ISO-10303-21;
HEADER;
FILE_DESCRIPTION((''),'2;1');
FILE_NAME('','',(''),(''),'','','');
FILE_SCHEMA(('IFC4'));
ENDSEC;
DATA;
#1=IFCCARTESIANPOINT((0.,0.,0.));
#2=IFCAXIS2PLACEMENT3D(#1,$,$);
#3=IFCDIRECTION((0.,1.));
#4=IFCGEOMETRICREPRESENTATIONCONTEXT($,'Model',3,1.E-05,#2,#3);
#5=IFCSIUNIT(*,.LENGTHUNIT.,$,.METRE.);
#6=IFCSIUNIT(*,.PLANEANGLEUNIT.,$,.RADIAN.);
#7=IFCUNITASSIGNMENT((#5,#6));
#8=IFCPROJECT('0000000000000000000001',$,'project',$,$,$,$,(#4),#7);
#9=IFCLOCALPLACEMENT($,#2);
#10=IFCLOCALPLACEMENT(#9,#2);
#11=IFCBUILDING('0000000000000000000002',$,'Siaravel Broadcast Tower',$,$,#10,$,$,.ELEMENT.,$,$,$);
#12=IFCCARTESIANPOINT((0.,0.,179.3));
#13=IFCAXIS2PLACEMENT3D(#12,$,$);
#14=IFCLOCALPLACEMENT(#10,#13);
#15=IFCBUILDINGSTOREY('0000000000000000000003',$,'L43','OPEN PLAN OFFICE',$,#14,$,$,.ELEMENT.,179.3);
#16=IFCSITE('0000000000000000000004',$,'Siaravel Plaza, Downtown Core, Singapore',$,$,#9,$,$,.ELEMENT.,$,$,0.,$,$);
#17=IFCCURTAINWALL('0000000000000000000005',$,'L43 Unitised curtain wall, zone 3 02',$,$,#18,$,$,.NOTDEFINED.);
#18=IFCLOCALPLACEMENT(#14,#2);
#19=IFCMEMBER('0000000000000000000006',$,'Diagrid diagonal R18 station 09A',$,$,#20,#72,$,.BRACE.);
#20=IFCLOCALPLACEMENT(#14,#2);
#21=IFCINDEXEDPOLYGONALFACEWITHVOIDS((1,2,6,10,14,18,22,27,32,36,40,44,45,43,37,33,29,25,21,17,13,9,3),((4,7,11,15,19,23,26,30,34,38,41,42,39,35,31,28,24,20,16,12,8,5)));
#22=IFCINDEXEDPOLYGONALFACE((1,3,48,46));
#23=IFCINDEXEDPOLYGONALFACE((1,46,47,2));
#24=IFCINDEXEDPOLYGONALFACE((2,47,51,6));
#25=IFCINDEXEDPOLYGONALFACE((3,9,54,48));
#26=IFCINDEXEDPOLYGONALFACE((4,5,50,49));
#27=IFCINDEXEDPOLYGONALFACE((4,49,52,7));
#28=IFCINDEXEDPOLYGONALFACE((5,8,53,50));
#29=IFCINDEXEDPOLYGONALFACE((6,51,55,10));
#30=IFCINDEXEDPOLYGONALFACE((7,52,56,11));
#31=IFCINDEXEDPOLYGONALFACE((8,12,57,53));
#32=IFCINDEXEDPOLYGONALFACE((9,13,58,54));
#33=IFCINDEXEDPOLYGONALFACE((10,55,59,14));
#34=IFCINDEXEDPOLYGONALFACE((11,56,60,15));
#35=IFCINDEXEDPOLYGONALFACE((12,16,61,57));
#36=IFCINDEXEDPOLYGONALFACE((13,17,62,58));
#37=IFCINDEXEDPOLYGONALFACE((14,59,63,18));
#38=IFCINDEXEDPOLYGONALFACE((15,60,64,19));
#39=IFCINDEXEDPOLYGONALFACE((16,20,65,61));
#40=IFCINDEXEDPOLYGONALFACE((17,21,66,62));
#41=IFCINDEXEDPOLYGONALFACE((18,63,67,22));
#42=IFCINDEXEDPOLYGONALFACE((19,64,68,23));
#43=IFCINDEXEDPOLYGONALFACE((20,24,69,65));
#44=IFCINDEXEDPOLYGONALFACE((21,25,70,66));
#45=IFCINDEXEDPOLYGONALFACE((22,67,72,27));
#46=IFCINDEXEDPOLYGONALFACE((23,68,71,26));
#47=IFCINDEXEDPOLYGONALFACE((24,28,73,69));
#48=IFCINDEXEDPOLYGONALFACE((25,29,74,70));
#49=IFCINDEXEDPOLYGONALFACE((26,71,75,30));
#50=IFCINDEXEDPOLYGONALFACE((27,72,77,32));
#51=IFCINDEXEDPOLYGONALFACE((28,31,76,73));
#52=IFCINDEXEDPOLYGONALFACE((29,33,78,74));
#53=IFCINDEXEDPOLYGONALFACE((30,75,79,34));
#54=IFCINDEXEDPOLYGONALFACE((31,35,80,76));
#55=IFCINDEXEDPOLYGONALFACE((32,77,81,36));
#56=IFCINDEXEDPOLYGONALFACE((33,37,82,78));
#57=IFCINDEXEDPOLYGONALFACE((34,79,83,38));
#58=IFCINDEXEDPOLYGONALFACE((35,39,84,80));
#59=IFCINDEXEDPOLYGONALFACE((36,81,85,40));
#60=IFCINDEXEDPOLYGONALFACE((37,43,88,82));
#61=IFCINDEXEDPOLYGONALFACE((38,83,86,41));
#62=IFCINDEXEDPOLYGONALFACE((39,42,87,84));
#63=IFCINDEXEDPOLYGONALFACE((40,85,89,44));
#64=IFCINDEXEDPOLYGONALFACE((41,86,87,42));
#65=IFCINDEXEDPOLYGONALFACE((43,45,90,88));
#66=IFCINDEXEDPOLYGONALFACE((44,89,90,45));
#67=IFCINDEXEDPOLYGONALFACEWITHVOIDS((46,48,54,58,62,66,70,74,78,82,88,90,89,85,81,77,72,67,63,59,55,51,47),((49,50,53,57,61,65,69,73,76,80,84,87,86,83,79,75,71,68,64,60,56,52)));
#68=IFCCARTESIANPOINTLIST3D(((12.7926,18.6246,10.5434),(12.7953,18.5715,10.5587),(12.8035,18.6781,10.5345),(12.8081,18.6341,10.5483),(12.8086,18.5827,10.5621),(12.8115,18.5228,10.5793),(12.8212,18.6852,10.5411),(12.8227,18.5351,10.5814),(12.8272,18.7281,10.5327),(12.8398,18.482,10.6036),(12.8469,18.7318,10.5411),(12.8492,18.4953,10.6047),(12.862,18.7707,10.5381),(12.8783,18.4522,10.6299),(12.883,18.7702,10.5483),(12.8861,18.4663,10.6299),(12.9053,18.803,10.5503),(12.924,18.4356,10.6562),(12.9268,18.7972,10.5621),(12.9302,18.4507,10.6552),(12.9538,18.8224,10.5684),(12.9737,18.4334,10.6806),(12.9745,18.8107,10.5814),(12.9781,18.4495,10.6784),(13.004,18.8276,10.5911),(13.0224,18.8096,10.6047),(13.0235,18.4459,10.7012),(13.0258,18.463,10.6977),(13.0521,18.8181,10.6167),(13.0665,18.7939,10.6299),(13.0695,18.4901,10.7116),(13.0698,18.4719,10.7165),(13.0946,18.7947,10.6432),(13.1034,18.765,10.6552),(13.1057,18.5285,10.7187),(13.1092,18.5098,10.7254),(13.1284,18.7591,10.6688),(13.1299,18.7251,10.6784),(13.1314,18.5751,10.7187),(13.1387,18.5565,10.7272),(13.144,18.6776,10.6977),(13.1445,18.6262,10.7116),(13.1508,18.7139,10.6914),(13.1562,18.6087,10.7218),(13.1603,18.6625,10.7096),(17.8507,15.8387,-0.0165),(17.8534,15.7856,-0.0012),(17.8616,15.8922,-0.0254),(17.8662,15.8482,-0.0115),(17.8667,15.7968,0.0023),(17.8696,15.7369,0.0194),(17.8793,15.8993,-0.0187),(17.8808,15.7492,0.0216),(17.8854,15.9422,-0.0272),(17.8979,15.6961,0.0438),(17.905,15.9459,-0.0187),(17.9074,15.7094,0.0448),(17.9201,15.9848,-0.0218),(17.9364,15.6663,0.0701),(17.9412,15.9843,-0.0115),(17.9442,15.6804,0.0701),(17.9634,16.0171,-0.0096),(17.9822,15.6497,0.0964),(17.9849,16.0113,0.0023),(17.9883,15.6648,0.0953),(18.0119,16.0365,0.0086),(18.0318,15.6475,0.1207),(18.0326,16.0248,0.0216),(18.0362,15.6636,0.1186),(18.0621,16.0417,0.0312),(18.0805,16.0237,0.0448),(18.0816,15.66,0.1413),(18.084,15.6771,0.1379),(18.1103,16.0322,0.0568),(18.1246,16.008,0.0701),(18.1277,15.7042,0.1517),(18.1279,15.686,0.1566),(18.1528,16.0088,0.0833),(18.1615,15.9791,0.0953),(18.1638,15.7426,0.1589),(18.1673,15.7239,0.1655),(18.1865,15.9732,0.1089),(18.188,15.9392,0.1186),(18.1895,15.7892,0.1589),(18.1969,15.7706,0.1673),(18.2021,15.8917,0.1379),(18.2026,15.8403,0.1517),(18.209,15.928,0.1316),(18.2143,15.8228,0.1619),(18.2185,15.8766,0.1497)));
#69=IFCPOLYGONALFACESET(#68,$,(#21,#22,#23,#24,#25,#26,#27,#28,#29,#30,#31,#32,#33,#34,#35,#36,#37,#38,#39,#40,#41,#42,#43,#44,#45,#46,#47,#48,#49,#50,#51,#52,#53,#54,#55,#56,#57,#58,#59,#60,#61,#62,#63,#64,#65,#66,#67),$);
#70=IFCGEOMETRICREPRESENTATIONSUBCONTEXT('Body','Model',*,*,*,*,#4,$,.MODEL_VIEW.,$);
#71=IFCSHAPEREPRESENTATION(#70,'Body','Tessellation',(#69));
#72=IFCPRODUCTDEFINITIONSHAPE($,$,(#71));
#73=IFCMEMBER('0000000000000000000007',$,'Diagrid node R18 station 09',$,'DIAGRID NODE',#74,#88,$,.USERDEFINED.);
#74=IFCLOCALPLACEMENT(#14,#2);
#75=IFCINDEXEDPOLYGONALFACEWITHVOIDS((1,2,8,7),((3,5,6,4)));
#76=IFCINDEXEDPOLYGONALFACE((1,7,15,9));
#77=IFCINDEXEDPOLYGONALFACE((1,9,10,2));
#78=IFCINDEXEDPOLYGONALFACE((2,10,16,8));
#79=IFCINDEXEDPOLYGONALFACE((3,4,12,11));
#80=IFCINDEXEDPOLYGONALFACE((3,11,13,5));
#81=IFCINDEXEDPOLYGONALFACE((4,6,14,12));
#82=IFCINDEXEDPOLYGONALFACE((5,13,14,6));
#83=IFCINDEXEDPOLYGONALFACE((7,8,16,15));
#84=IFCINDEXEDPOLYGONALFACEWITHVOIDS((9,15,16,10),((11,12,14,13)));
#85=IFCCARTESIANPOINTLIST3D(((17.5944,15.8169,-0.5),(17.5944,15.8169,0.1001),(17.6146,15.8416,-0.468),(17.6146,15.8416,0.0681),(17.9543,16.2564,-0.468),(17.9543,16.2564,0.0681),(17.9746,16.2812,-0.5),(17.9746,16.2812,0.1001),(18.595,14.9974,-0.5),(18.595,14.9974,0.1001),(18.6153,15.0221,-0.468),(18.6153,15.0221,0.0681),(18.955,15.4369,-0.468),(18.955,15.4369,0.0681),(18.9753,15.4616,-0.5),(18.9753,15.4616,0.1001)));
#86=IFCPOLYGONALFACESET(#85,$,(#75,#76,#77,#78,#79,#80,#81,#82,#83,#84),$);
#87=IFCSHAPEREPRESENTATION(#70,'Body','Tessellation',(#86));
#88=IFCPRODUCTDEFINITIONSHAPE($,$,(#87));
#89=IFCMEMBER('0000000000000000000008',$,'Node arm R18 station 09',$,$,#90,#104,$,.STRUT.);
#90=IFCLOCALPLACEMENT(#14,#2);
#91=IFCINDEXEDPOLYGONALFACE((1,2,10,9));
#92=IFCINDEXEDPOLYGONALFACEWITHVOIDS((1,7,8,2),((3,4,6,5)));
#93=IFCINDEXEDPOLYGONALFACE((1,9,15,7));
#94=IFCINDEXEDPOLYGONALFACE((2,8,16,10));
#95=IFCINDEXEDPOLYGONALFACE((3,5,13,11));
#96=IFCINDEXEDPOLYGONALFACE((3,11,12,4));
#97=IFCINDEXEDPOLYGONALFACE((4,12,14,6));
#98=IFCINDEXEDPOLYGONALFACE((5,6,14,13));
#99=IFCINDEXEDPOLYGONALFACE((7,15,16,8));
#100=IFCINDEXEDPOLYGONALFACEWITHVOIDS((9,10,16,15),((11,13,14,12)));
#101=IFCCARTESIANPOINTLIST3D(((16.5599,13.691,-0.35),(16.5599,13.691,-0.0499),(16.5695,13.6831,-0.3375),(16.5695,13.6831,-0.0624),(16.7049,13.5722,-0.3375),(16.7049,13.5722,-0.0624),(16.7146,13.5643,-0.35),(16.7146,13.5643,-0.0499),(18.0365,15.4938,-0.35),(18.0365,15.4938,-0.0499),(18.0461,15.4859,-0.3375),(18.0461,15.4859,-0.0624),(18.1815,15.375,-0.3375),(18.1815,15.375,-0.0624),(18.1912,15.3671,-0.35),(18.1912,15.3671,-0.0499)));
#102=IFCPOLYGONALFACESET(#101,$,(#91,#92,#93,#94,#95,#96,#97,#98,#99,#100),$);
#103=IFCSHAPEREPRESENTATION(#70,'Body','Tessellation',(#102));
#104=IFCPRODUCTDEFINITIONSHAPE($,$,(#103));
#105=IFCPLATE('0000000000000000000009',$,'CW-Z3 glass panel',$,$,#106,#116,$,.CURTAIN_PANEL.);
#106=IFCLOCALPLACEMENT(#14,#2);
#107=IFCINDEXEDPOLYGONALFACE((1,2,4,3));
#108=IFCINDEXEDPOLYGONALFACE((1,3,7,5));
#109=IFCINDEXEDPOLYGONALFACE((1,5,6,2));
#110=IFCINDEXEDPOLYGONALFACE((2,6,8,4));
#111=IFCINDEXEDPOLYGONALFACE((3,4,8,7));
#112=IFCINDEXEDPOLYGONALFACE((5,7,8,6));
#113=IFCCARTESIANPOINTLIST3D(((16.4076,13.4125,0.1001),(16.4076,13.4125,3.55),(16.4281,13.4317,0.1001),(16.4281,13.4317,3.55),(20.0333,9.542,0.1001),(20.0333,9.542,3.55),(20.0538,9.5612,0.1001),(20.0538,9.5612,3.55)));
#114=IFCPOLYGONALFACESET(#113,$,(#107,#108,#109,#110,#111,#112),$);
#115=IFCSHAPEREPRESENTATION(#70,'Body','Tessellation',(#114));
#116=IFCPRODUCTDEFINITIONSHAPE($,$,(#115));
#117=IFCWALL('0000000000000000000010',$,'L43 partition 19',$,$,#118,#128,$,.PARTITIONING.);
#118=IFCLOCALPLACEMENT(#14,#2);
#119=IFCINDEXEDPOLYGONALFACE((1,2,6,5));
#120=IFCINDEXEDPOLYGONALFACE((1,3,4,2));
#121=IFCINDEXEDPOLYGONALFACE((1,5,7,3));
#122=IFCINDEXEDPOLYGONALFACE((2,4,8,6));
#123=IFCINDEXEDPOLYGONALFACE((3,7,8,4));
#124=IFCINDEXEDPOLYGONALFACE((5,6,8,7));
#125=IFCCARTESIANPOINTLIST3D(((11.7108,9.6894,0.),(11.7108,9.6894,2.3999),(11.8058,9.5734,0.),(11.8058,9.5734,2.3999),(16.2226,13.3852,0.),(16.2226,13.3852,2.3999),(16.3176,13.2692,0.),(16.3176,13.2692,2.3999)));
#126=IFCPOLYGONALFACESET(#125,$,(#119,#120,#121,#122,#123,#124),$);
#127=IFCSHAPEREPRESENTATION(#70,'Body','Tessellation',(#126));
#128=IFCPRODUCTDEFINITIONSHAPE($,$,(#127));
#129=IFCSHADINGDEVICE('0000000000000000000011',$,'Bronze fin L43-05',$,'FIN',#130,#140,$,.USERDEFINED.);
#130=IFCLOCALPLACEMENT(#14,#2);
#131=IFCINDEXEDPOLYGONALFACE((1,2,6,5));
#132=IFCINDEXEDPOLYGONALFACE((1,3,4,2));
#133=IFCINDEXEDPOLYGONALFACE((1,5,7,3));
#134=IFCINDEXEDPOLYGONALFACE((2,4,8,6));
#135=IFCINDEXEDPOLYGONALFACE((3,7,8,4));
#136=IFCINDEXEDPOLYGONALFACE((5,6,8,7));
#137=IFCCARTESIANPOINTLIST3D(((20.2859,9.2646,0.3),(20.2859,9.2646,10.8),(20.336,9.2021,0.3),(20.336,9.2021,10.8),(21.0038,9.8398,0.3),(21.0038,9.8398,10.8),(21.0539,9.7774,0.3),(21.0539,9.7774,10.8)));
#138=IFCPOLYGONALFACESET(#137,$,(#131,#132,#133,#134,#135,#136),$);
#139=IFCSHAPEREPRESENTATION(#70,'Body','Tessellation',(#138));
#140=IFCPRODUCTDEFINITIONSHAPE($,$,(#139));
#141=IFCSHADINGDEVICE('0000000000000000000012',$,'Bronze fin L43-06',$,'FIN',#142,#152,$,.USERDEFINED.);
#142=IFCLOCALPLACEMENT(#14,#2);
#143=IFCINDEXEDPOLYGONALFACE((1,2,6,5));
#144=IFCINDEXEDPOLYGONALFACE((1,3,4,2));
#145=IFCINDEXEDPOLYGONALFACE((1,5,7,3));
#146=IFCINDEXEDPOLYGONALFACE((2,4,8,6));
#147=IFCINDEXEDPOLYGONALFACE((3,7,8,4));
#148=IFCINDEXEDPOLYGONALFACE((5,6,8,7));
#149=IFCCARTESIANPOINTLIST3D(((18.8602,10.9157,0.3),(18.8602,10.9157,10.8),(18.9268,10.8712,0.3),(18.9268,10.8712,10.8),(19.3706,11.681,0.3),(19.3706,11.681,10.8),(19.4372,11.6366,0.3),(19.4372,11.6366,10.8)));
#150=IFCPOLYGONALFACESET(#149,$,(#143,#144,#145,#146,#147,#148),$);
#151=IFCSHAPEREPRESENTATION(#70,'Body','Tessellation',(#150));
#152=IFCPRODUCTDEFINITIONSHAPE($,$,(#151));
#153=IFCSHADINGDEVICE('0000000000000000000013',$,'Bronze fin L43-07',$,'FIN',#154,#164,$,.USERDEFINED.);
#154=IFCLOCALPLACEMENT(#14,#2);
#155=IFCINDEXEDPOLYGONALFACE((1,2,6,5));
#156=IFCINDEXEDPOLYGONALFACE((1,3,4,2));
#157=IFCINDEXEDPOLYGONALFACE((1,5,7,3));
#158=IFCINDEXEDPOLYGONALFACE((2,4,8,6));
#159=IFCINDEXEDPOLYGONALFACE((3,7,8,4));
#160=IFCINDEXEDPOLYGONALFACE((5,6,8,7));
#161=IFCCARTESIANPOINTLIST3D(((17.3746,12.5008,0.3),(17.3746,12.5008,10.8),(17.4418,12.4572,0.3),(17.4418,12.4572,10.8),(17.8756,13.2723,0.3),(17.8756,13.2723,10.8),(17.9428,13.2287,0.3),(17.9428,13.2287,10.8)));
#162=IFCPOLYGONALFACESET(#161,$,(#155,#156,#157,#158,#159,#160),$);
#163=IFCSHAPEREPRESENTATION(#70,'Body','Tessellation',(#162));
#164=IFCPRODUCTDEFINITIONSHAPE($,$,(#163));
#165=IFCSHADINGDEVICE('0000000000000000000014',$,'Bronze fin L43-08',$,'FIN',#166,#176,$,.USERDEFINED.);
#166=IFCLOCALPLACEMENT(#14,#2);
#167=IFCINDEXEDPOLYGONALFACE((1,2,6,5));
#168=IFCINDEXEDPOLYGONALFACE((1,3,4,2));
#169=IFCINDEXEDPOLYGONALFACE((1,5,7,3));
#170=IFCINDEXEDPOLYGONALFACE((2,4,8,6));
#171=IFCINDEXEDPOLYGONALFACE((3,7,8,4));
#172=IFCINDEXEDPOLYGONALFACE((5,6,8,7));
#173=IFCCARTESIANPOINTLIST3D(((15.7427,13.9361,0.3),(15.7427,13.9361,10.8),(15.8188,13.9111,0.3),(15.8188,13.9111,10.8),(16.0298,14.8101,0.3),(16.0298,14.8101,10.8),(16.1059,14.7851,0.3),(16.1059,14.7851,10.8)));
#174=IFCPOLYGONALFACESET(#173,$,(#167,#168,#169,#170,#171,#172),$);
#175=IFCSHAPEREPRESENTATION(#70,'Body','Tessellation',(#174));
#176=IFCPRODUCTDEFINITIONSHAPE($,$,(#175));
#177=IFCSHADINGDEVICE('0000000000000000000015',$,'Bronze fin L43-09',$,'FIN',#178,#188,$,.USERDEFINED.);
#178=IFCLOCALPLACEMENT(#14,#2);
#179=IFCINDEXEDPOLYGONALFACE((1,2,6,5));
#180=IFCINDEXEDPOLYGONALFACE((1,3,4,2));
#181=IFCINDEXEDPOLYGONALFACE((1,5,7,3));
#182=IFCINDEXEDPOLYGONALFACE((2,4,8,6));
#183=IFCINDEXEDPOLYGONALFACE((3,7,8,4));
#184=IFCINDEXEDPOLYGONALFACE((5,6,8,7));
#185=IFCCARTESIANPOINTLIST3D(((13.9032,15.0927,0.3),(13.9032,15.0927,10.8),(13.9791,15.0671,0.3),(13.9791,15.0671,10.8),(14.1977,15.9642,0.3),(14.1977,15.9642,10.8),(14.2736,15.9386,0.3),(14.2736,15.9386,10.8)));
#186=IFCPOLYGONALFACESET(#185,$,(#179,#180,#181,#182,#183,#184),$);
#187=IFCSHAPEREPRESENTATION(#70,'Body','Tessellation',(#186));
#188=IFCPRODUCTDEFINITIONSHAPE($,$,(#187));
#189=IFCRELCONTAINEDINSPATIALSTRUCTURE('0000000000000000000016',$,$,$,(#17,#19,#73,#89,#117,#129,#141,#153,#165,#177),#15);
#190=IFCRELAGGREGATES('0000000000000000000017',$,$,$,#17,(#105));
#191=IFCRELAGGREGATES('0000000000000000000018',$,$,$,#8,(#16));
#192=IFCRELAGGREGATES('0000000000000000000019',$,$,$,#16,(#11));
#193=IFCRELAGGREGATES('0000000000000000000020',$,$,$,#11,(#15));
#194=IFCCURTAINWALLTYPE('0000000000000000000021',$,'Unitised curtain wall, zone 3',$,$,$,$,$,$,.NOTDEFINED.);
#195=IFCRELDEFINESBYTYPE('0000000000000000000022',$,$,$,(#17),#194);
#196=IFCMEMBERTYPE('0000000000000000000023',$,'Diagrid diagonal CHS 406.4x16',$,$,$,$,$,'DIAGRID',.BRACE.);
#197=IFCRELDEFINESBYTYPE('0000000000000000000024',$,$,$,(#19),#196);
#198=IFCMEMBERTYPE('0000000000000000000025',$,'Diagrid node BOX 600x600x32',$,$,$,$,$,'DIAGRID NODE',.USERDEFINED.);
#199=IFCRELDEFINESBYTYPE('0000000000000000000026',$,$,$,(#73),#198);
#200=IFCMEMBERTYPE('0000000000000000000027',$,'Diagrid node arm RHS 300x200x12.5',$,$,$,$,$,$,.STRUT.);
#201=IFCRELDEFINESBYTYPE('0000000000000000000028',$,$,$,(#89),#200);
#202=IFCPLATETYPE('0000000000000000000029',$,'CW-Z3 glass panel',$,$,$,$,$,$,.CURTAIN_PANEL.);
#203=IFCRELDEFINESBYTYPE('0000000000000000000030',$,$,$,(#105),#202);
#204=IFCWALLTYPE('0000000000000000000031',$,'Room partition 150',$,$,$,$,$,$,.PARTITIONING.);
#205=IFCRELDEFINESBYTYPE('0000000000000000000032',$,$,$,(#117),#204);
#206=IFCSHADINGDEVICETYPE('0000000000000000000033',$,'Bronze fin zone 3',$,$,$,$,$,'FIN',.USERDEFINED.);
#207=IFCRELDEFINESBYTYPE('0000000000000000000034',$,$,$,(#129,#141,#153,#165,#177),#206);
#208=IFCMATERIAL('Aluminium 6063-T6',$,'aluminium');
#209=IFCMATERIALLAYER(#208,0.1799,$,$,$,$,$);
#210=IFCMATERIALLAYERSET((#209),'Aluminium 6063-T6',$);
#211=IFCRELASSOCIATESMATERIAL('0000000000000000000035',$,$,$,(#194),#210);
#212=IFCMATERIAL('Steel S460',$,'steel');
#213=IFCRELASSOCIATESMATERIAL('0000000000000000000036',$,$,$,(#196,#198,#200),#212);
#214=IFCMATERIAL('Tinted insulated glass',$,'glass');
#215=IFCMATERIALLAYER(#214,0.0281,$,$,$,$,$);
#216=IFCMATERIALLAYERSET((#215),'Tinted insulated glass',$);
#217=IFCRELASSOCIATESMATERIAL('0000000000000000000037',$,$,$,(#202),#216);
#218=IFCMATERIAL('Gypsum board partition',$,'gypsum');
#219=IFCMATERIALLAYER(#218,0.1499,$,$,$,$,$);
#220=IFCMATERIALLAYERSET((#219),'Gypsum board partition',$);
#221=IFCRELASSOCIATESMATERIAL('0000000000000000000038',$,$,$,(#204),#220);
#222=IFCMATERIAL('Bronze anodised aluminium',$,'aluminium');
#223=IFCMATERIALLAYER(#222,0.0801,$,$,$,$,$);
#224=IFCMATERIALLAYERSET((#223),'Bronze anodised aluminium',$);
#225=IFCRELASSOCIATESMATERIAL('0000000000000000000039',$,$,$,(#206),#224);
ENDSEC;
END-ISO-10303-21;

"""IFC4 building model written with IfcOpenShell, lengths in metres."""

from ifc_helpers import new_model, si_unit, direction, frame, frame_2d, origin, origin_2d, place, context, subcontext, project, spatial, rectangle, hollow_rectangle, hollow_circle, extrude, material, layer, layer_set, material_profile, profile_set, type_object, element, aggregate, save


model = new_model("IFC4")

# Units and contexts
model_context = context("Model", 3, precision=1e-05, world=origin(), true_north=direction((0.0, 1.0)))
body_context = subcontext(model_context, "Body", "Model", "MODEL_VIEW")
ifc_project = project(units=[si_unit("LENGTHUNIT", "METRE"), si_unit("PLANEANGLEUNIT", "RADIAN")], contexts=[model_context])

# Site, building, storey
site_placement = place(None, origin())
site = spatial("IfcSite", under=ifc_project, at=site_placement, Name="Siaravel Plaza, Downtown Core, Singapore", CompositionType="ELEMENT", RefElevation=0.0)
building_placement = place(site_placement, origin())
building = spatial("IfcBuilding", under=site, at=building_placement, Name="Siaravel Broadcast Tower", CompositionType="ELEMENT")
storey_placement = place(building_placement, frame((0.0, 0.0, 179.3)))
storey = spatial("IfcBuildingStorey", under=building, at=storey_placement, Name="L43", Description="OPEN PLAN OFFICE", CompositionType="ELEMENT", Elevation=179.3)

# Shared definitions
ifc_material_1 = material(Name="Aluminium 6063-T6", Category="aluminium")
ifc_layer_1 = layer(ifc_material_1, 0.1799)
ifc_layer_set_1 = layer_set([ifc_layer_1], Name="Aluminium 6063-T6")
curtain_wall_type = type_object("IfcCurtainWallType", Name="Unitised curtain wall, zone 3", PredefinedType="NOTDEFINED", material=ifc_layer_set_1)

# Curtain wall
curtain_wall_1_placement = place(storey_placement, origin())
curtain_wall_1 = element("IfcCurtainWall", 1, at=curtain_wall_1_placement, inside=storey, type_object=curtain_wall_type, Name="L43 Unitised curtain wall, zone 3 02", PredefinedType="NOTDEFINED")

# Members
ifc_material_2 = material(Name="Steel S460", Category="steel")
ifc_material_profile_1 = material_profile(ifc_material_2, hollow_circle(Radius=0.2031, WallThickness=0.0161, at=origin_2d()))
ifc_profile_set_1 = profile_set([ifc_material_profile_1], Name="Steel S460")
member_type_1 = type_object("IfcMemberType", Name="Diagrid diagonal CHS 406.4x16", ElementType="DIAGRID", PredefinedType="BRACE", material=ifc_profile_set_1)
member_1_placement = place(storey_placement, frame((18.0344, 15.8442, 0.0701), z_axis=(-0.420263, 0.231471, 0.877383), x_axis=(-0.482441, -0.875928, 0.0)))
element("IfcMember", 2, at=member_1_placement, inside=storey, type_object=member_type_1, Name="Diagrid diagonal R18 station 09A", PredefinedType="BRACE", context=body_context, shape_type="SweptSolid", body=[
    extrude(hollow_circle(Radius=0.2031, WallThickness=0.0161, at=origin_2d()), origin(), (0.0, 0.0, 1.0), 12.0356),
])
ifc_material_profile_2 = material_profile(ifc_material_2, hollow_rectangle(XDim=0.6001, YDim=0.6001, WallThickness=0.032, at=origin_2d()))
ifc_profile_set_2 = profile_set([ifc_material_profile_2], Name="Steel S460")
member_type_2 = type_object("IfcMemberType", Name="Diagrid node BOX 600x600x32", ElementType="DIAGRID NODE", PredefinedType="USERDEFINED", material=ifc_profile_set_2)
member_2_placement = place(storey_placement, frame((18.7852, 15.2295, -0.2), z_axis=(-0.773654, 0.633608, 0.0), x_axis=(-0.633608, -0.773654, 0.0)))
element("IfcMember", 3, at=member_2_placement, inside=storey, type_object=member_type_2, Name="Diagrid node R18 station 09", ObjectType="DIAGRID NODE", PredefinedType="USERDEFINED", context=body_context, shape_type="SweptSolid", body=[
    extrude(hollow_rectangle(XDim=0.6001, YDim=0.6001, WallThickness=0.032, at=origin_2d()), origin(), (0.0, 0.0, 1.0), 1.2935),
])
ifc_material_profile_3 = material_profile(ifc_material_2, hollow_rectangle(XDim=0.2, YDim=0.3, WallThickness=0.0125, at=origin_2d()))
ifc_profile_set_3 = profile_set([ifc_material_profile_3], Name="Steel S460")
member_type_3 = type_object("IfcMemberType", Name="Diagrid node arm RHS 300x200x12.5", PredefinedType="STRUT", material=ifc_profile_set_3)
member_3_placement = place(storey_placement, frame((16.6372, 13.6277, -0.2), z_axis=(0.633648, 0.773621, 0.0), x_axis=(-0.773621, 0.633648, 0.0)))
element("IfcMember", 4, at=member_3_placement, inside=storey, type_object=member_type_3, Name="Node arm R18 station 09", PredefinedType="STRUT", context=body_context, shape_type="SweptSolid", body=[
    extrude(hollow_rectangle(XDim=0.2, YDim=0.3, WallThickness=0.0125, at=origin_2d()), origin(), (0.0, 0.0, 1.0), 2.3303),
])

# Plate
ifc_material_3 = material(Name="Tinted insulated glass", Category="glass")
ifc_layer_2 = layer(ifc_material_3, 0.0281)
ifc_layer_set_2 = layer_set([ifc_layer_2], Name="Tinted insulated glass")
plate_type = type_object("IfcPlateType", Name="CW-Z3 glass panel", PredefinedType="CURTAIN_PANEL", material=ifc_layer_set_2)
plate_placement = place(storey_placement, frame((18.2307, 11.4868, 0.1001), z_axis=(0.0, 0.0, 1.0), x_axis=(-0.683655, 0.729805, 0.0)))
plate = element("IfcPlate", 5, at=plate_placement, type_object=plate_type, Name="CW-Z3 glass panel", PredefinedType="CURTAIN_PANEL", context=body_context, shape_type="SweptSolid", body=[
    extrude(rectangle(XDim=5.3035, YDim=0.0281, at=origin_2d()), origin(), (0.0, 0.0, 1.0), 3.45),
])
aggregate(curtain_wall_1, [plate])

# Wall
ifc_material_4 = material(Name="Gypsum board partition", Category="gypsum")
ifc_layer_3 = layer(ifc_material_4, 0.1499)
ifc_layer_set_3 = layer_set([ifc_layer_3], Name="Gypsum board partition")
wall_type_1 = type_object("IfcWallType", Name="Room partition 150", PredefinedType="PARTITIONING", material=ifc_layer_set_3)
wall_1_placement = place(storey_placement, frame((16.27, 13.3271, 0.0), z_axis=(0.0, 0.0, 1.0), x_axis=(-0.773588, -0.633689, 0.0)))
element("IfcWall", 6, at=wall_1_placement, inside=storey, type_object=wall_type_1, Name="L43 partition 19", PredefinedType="PARTITIONING", context=body_context, shape_type="SweptSolid", body=[
    extrude(rectangle(XDim=5.8323, YDim=0.1499, at=frame_2d((2.916, 0.0))), origin(), (0.0, 0.0, 1.0), 2.3999),
])

# Shading devices
ifc_material_5 = material(Name="Bronze anodised aluminium", Category="aluminium")
ifc_layer_4 = layer(ifc_material_5, 0.0801)
ifc_layer_set_4 = layer_set([ifc_layer_4], Name="Bronze anodised aluminium")
shading_device_type = type_object("IfcShadingDeviceType", Name="Bronze fin zone 3", ElementType="FIN", PredefinedType="USERDEFINED", material=ifc_layer_set_4)
for number, where, z_axis, x_axis, name in (
    (7, (20.6699, 9.521, 0.3), (0.0, 0.0, 1.0), (0.780402, 0.625278, 0.0), "Bronze fin L43-05"),
    (8, (19.1487, 11.2761, 0.3), (0.0, 0.0, 1.0), (0.554833, 0.831962, 0.0), "Bronze fin L43-06"),
    (9, (17.6587, 12.8647, 0.3), (0.0, 0.0, 1.0), (0.544573, 0.838713, 0.0), "Bronze fin L43-07"),
    (10, (15.9243, 14.3606, 0.3), (0.0, 0.0, 1.0), (0.312123, 0.950042, 0.0), "Bronze fin L43-08"),
    (11, (14.0884, 15.5156, 0.3), (0.0, 0.0, 1.0), (0.320115, 0.947379, 0.0), "Bronze fin L43-09"),
):
    element("IfcShadingDevice", number, at=place(storey_placement, frame(where, z_axis=z_axis, x_axis=x_axis)), inside=storey, type_object=shading_device_type, Name=name, ObjectType="FIN", PredefinedType="USERDEFINED", context=body_context, shape_type="SweptSolid", body=[
        extrude(rectangle(XDim=0.9199, YDim=0.0801, at=origin_2d()), origin(), (0.0, 0.0, 1.0), 10.5),
    ])

save(model, "model.ifc")
